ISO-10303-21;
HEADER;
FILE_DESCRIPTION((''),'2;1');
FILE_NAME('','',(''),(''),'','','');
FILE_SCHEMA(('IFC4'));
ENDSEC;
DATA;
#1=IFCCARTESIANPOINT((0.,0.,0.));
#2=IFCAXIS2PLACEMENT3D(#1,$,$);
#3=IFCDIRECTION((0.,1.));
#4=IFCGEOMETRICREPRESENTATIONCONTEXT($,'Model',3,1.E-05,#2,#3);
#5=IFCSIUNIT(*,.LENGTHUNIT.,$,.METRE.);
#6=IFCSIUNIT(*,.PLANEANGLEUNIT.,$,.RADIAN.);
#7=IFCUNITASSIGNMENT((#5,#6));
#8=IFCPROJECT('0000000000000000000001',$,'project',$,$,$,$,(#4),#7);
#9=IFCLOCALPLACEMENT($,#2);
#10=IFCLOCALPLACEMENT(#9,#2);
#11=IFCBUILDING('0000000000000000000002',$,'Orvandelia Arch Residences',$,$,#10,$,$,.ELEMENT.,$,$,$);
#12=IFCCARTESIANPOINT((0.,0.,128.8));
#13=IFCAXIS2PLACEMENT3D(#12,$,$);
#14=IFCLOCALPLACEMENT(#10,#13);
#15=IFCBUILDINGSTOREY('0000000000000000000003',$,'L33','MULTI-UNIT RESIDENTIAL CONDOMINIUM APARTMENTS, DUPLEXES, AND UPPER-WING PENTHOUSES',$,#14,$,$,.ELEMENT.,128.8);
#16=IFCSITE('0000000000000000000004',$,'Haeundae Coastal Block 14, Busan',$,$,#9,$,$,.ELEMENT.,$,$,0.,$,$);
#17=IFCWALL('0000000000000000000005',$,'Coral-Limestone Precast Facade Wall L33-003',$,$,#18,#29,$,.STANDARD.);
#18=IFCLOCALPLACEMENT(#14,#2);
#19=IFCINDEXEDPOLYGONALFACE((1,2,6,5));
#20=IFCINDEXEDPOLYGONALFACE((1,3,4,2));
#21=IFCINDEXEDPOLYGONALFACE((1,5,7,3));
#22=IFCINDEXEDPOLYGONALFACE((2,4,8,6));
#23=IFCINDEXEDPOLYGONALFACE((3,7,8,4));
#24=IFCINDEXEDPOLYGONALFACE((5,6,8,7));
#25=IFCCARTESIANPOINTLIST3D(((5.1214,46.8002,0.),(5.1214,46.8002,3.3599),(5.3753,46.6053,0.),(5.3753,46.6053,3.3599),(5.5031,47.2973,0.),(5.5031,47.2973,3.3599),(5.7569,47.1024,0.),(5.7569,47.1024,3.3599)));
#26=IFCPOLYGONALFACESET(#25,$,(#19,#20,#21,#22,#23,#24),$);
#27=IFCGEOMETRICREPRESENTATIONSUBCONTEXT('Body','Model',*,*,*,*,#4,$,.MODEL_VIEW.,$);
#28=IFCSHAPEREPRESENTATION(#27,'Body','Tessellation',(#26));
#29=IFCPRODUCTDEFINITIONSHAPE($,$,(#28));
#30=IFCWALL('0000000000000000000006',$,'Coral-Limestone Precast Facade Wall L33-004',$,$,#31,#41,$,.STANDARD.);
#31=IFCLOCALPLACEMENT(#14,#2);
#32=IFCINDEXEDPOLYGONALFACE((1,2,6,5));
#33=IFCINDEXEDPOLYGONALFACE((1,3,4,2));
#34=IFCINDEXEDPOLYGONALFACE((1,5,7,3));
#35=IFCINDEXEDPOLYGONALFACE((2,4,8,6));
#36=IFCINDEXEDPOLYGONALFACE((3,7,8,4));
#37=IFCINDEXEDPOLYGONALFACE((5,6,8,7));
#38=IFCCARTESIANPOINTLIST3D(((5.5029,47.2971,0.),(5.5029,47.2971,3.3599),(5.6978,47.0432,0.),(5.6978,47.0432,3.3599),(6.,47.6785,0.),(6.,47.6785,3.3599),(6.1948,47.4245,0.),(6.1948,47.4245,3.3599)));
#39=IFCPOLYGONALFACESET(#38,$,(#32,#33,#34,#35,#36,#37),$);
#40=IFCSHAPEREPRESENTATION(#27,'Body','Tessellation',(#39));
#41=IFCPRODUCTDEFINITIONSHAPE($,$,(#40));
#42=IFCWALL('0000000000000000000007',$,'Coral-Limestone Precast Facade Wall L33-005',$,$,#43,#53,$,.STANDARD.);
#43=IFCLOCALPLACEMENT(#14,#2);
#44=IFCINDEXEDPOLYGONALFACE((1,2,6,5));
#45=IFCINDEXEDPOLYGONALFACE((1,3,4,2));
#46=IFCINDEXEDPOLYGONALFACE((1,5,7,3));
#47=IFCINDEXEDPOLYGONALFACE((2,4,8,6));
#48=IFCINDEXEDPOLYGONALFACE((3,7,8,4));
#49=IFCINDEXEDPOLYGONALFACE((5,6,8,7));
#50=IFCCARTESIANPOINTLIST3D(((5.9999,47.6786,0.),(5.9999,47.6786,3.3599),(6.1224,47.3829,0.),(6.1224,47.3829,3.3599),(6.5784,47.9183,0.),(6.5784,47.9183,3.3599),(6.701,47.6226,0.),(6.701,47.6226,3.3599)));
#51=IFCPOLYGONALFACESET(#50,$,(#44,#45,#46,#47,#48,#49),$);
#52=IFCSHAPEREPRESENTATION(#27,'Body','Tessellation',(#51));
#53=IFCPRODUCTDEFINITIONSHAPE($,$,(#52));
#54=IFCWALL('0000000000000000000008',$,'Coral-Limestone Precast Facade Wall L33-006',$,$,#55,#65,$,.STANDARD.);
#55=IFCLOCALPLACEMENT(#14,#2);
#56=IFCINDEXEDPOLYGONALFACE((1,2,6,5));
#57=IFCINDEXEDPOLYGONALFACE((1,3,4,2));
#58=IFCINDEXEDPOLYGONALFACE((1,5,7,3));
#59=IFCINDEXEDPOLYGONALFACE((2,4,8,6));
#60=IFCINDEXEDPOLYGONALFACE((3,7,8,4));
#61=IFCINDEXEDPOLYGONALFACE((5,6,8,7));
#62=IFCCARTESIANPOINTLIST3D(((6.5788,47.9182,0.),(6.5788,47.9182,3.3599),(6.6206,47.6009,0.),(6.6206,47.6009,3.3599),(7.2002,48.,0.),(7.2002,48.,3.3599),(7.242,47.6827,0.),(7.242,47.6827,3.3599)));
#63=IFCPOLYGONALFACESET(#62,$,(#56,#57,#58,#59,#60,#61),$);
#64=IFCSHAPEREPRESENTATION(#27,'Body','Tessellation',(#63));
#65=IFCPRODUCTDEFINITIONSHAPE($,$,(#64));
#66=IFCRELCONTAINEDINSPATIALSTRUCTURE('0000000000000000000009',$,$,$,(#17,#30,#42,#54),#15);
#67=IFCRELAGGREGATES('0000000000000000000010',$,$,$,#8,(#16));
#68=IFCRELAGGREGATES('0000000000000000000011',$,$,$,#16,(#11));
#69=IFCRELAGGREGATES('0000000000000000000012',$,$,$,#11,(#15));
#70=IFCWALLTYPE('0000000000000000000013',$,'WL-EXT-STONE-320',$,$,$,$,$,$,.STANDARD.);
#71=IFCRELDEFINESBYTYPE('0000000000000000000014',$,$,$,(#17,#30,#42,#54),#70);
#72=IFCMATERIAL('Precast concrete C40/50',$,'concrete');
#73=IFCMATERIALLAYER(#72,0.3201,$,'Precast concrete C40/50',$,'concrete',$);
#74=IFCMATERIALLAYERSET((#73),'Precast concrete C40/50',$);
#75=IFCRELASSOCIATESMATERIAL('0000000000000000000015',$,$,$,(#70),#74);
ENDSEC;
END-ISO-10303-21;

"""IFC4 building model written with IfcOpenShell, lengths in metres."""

from ifc_helpers import new_model, si_unit, direction, frame, frame_2d, origin, place, context, subcontext, project, spatial, rectangle, extrude, material, layer, layer_set, type_object, element, save


model = new_model("IFC4")

# Units and contexts
model_context = context("Model", 3, precision=1e-05, world=origin(), true_north=direction((0.0, 1.0)))
body_context = subcontext(model_context, "Body", "Model", "MODEL_VIEW")
ifc_project = project(units=[si_unit("LENGTHUNIT", "METRE"), si_unit("PLANEANGLEUNIT", "RADIAN")], contexts=[model_context])

# Site, building, storey
site_placement = place(None, origin())
site = spatial("IfcSite", under=ifc_project, at=site_placement, Name="Haeundae Coastal Block 14, Busan", CompositionType="ELEMENT", RefElevation=0.0)
building_placement = place(site_placement, origin())
building = spatial("IfcBuilding", under=site, at=building_placement, Name="Orvandelia Arch Residences", CompositionType="ELEMENT")
storey_placement = place(building_placement, frame((0.0, 0.0, 128.8)))
storey = spatial("IfcBuildingStorey", under=building, at=storey_placement, Name="L33", Description="MULTI-UNIT RESIDENTIAL CONDOMINIUM APARTMENTS, DUPLEXES, AND UPPER-WING PENTHOUSES", CompositionType="ELEMENT", Elevation=128.8)

# Walls
ifc_material_1 = material(Name="Precast concrete C40/50", Category="concrete")
ifc_layer_1 = layer(ifc_material_1, 0.3201, Name="Precast concrete C40/50", Category="concrete")
ifc_layer_set_1 = layer_set([ifc_layer_1], Name="Precast concrete C40/50")
wall_type_1 = type_object("IfcWallType", Name="WL-EXT-STONE-320", PredefinedType="STANDARD", material=ifc_layer_set_1)
wall_1_placement = place(storey_placement, frame((5.2483, 46.7026, 0.0), z_axis=(0.0, 0.0, 1.0), x_axis=(0.608939, 0.793217, 0.0)))
element("IfcWall", 1, at=wall_1_placement, inside=storey, type_object=wall_type_1, Name="Coral-Limestone Precast Facade Wall L33-003", PredefinedType="STANDARD", context=body_context, shape_type="SweptSolid", body=[
    extrude(rectangle(XDim=0.6267, YDim=0.3201, at=frame_2d((0.3135, 0.0))), origin(), (0.0, 0.0, 1.0), 3.3599),
])
wall_2_placement = place(storey_placement, frame((5.6003, 47.1702, 0.0), z_axis=(0.0, 0.0, 1.0), x_axis=(0.793406, 0.608693, 0.0)))
element("IfcWall", 2, at=wall_2_placement, inside=storey, type_object=wall_type_1, Name="Coral-Limestone Precast Facade Wall L33-004", PredefinedType="STANDARD", context=body_context, shape_type="SweptSolid", body=[
    extrude(rectangle(XDim=0.6265, YDim=0.3201, at=frame_2d((0.3132, 0.0))), origin(), (0.0, 0.0, 1.0), 3.3599),
])
wall_3_placement = place(storey_placement, frame((6.0613, 47.5308, 0.0), z_axis=(0.0, 0.0, 1.0), x_axis=(0.923836, 0.382788, 0.0)))
element("IfcWall", 3, at=wall_3_placement, inside=storey, type_object=wall_type_1, Name="Coral-Limestone Precast Facade Wall L33-005", PredefinedType="STANDARD", context=body_context, shape_type="SweptSolid", body=[
    extrude(rectangle(XDim=0.6262, YDim=0.3201, at=frame_2d((0.313, 0.0))), origin(), (0.0, 0.0, 1.0), 3.3599),
])
wall_4_placement = place(storey_placement, frame((6.5996, 47.7595, 0.0), z_axis=(0.0, 0.0, 1.0), x_axis=(0.991448, 0.130505, 0.0)))
element("IfcWall", 4, at=wall_4_placement, inside=storey, type_object=wall_type_1, Name="Coral-Limestone Precast Facade Wall L33-006", PredefinedType="STANDARD", context=body_context, shape_type="SweptSolid", body=[
    extrude(rectangle(XDim=0.6267, YDim=0.3201, at=frame_2d((0.3135, 0.0))), origin(), (0.0, 0.0, 1.0), 3.3599),
])

save(model, "model.ifc")
